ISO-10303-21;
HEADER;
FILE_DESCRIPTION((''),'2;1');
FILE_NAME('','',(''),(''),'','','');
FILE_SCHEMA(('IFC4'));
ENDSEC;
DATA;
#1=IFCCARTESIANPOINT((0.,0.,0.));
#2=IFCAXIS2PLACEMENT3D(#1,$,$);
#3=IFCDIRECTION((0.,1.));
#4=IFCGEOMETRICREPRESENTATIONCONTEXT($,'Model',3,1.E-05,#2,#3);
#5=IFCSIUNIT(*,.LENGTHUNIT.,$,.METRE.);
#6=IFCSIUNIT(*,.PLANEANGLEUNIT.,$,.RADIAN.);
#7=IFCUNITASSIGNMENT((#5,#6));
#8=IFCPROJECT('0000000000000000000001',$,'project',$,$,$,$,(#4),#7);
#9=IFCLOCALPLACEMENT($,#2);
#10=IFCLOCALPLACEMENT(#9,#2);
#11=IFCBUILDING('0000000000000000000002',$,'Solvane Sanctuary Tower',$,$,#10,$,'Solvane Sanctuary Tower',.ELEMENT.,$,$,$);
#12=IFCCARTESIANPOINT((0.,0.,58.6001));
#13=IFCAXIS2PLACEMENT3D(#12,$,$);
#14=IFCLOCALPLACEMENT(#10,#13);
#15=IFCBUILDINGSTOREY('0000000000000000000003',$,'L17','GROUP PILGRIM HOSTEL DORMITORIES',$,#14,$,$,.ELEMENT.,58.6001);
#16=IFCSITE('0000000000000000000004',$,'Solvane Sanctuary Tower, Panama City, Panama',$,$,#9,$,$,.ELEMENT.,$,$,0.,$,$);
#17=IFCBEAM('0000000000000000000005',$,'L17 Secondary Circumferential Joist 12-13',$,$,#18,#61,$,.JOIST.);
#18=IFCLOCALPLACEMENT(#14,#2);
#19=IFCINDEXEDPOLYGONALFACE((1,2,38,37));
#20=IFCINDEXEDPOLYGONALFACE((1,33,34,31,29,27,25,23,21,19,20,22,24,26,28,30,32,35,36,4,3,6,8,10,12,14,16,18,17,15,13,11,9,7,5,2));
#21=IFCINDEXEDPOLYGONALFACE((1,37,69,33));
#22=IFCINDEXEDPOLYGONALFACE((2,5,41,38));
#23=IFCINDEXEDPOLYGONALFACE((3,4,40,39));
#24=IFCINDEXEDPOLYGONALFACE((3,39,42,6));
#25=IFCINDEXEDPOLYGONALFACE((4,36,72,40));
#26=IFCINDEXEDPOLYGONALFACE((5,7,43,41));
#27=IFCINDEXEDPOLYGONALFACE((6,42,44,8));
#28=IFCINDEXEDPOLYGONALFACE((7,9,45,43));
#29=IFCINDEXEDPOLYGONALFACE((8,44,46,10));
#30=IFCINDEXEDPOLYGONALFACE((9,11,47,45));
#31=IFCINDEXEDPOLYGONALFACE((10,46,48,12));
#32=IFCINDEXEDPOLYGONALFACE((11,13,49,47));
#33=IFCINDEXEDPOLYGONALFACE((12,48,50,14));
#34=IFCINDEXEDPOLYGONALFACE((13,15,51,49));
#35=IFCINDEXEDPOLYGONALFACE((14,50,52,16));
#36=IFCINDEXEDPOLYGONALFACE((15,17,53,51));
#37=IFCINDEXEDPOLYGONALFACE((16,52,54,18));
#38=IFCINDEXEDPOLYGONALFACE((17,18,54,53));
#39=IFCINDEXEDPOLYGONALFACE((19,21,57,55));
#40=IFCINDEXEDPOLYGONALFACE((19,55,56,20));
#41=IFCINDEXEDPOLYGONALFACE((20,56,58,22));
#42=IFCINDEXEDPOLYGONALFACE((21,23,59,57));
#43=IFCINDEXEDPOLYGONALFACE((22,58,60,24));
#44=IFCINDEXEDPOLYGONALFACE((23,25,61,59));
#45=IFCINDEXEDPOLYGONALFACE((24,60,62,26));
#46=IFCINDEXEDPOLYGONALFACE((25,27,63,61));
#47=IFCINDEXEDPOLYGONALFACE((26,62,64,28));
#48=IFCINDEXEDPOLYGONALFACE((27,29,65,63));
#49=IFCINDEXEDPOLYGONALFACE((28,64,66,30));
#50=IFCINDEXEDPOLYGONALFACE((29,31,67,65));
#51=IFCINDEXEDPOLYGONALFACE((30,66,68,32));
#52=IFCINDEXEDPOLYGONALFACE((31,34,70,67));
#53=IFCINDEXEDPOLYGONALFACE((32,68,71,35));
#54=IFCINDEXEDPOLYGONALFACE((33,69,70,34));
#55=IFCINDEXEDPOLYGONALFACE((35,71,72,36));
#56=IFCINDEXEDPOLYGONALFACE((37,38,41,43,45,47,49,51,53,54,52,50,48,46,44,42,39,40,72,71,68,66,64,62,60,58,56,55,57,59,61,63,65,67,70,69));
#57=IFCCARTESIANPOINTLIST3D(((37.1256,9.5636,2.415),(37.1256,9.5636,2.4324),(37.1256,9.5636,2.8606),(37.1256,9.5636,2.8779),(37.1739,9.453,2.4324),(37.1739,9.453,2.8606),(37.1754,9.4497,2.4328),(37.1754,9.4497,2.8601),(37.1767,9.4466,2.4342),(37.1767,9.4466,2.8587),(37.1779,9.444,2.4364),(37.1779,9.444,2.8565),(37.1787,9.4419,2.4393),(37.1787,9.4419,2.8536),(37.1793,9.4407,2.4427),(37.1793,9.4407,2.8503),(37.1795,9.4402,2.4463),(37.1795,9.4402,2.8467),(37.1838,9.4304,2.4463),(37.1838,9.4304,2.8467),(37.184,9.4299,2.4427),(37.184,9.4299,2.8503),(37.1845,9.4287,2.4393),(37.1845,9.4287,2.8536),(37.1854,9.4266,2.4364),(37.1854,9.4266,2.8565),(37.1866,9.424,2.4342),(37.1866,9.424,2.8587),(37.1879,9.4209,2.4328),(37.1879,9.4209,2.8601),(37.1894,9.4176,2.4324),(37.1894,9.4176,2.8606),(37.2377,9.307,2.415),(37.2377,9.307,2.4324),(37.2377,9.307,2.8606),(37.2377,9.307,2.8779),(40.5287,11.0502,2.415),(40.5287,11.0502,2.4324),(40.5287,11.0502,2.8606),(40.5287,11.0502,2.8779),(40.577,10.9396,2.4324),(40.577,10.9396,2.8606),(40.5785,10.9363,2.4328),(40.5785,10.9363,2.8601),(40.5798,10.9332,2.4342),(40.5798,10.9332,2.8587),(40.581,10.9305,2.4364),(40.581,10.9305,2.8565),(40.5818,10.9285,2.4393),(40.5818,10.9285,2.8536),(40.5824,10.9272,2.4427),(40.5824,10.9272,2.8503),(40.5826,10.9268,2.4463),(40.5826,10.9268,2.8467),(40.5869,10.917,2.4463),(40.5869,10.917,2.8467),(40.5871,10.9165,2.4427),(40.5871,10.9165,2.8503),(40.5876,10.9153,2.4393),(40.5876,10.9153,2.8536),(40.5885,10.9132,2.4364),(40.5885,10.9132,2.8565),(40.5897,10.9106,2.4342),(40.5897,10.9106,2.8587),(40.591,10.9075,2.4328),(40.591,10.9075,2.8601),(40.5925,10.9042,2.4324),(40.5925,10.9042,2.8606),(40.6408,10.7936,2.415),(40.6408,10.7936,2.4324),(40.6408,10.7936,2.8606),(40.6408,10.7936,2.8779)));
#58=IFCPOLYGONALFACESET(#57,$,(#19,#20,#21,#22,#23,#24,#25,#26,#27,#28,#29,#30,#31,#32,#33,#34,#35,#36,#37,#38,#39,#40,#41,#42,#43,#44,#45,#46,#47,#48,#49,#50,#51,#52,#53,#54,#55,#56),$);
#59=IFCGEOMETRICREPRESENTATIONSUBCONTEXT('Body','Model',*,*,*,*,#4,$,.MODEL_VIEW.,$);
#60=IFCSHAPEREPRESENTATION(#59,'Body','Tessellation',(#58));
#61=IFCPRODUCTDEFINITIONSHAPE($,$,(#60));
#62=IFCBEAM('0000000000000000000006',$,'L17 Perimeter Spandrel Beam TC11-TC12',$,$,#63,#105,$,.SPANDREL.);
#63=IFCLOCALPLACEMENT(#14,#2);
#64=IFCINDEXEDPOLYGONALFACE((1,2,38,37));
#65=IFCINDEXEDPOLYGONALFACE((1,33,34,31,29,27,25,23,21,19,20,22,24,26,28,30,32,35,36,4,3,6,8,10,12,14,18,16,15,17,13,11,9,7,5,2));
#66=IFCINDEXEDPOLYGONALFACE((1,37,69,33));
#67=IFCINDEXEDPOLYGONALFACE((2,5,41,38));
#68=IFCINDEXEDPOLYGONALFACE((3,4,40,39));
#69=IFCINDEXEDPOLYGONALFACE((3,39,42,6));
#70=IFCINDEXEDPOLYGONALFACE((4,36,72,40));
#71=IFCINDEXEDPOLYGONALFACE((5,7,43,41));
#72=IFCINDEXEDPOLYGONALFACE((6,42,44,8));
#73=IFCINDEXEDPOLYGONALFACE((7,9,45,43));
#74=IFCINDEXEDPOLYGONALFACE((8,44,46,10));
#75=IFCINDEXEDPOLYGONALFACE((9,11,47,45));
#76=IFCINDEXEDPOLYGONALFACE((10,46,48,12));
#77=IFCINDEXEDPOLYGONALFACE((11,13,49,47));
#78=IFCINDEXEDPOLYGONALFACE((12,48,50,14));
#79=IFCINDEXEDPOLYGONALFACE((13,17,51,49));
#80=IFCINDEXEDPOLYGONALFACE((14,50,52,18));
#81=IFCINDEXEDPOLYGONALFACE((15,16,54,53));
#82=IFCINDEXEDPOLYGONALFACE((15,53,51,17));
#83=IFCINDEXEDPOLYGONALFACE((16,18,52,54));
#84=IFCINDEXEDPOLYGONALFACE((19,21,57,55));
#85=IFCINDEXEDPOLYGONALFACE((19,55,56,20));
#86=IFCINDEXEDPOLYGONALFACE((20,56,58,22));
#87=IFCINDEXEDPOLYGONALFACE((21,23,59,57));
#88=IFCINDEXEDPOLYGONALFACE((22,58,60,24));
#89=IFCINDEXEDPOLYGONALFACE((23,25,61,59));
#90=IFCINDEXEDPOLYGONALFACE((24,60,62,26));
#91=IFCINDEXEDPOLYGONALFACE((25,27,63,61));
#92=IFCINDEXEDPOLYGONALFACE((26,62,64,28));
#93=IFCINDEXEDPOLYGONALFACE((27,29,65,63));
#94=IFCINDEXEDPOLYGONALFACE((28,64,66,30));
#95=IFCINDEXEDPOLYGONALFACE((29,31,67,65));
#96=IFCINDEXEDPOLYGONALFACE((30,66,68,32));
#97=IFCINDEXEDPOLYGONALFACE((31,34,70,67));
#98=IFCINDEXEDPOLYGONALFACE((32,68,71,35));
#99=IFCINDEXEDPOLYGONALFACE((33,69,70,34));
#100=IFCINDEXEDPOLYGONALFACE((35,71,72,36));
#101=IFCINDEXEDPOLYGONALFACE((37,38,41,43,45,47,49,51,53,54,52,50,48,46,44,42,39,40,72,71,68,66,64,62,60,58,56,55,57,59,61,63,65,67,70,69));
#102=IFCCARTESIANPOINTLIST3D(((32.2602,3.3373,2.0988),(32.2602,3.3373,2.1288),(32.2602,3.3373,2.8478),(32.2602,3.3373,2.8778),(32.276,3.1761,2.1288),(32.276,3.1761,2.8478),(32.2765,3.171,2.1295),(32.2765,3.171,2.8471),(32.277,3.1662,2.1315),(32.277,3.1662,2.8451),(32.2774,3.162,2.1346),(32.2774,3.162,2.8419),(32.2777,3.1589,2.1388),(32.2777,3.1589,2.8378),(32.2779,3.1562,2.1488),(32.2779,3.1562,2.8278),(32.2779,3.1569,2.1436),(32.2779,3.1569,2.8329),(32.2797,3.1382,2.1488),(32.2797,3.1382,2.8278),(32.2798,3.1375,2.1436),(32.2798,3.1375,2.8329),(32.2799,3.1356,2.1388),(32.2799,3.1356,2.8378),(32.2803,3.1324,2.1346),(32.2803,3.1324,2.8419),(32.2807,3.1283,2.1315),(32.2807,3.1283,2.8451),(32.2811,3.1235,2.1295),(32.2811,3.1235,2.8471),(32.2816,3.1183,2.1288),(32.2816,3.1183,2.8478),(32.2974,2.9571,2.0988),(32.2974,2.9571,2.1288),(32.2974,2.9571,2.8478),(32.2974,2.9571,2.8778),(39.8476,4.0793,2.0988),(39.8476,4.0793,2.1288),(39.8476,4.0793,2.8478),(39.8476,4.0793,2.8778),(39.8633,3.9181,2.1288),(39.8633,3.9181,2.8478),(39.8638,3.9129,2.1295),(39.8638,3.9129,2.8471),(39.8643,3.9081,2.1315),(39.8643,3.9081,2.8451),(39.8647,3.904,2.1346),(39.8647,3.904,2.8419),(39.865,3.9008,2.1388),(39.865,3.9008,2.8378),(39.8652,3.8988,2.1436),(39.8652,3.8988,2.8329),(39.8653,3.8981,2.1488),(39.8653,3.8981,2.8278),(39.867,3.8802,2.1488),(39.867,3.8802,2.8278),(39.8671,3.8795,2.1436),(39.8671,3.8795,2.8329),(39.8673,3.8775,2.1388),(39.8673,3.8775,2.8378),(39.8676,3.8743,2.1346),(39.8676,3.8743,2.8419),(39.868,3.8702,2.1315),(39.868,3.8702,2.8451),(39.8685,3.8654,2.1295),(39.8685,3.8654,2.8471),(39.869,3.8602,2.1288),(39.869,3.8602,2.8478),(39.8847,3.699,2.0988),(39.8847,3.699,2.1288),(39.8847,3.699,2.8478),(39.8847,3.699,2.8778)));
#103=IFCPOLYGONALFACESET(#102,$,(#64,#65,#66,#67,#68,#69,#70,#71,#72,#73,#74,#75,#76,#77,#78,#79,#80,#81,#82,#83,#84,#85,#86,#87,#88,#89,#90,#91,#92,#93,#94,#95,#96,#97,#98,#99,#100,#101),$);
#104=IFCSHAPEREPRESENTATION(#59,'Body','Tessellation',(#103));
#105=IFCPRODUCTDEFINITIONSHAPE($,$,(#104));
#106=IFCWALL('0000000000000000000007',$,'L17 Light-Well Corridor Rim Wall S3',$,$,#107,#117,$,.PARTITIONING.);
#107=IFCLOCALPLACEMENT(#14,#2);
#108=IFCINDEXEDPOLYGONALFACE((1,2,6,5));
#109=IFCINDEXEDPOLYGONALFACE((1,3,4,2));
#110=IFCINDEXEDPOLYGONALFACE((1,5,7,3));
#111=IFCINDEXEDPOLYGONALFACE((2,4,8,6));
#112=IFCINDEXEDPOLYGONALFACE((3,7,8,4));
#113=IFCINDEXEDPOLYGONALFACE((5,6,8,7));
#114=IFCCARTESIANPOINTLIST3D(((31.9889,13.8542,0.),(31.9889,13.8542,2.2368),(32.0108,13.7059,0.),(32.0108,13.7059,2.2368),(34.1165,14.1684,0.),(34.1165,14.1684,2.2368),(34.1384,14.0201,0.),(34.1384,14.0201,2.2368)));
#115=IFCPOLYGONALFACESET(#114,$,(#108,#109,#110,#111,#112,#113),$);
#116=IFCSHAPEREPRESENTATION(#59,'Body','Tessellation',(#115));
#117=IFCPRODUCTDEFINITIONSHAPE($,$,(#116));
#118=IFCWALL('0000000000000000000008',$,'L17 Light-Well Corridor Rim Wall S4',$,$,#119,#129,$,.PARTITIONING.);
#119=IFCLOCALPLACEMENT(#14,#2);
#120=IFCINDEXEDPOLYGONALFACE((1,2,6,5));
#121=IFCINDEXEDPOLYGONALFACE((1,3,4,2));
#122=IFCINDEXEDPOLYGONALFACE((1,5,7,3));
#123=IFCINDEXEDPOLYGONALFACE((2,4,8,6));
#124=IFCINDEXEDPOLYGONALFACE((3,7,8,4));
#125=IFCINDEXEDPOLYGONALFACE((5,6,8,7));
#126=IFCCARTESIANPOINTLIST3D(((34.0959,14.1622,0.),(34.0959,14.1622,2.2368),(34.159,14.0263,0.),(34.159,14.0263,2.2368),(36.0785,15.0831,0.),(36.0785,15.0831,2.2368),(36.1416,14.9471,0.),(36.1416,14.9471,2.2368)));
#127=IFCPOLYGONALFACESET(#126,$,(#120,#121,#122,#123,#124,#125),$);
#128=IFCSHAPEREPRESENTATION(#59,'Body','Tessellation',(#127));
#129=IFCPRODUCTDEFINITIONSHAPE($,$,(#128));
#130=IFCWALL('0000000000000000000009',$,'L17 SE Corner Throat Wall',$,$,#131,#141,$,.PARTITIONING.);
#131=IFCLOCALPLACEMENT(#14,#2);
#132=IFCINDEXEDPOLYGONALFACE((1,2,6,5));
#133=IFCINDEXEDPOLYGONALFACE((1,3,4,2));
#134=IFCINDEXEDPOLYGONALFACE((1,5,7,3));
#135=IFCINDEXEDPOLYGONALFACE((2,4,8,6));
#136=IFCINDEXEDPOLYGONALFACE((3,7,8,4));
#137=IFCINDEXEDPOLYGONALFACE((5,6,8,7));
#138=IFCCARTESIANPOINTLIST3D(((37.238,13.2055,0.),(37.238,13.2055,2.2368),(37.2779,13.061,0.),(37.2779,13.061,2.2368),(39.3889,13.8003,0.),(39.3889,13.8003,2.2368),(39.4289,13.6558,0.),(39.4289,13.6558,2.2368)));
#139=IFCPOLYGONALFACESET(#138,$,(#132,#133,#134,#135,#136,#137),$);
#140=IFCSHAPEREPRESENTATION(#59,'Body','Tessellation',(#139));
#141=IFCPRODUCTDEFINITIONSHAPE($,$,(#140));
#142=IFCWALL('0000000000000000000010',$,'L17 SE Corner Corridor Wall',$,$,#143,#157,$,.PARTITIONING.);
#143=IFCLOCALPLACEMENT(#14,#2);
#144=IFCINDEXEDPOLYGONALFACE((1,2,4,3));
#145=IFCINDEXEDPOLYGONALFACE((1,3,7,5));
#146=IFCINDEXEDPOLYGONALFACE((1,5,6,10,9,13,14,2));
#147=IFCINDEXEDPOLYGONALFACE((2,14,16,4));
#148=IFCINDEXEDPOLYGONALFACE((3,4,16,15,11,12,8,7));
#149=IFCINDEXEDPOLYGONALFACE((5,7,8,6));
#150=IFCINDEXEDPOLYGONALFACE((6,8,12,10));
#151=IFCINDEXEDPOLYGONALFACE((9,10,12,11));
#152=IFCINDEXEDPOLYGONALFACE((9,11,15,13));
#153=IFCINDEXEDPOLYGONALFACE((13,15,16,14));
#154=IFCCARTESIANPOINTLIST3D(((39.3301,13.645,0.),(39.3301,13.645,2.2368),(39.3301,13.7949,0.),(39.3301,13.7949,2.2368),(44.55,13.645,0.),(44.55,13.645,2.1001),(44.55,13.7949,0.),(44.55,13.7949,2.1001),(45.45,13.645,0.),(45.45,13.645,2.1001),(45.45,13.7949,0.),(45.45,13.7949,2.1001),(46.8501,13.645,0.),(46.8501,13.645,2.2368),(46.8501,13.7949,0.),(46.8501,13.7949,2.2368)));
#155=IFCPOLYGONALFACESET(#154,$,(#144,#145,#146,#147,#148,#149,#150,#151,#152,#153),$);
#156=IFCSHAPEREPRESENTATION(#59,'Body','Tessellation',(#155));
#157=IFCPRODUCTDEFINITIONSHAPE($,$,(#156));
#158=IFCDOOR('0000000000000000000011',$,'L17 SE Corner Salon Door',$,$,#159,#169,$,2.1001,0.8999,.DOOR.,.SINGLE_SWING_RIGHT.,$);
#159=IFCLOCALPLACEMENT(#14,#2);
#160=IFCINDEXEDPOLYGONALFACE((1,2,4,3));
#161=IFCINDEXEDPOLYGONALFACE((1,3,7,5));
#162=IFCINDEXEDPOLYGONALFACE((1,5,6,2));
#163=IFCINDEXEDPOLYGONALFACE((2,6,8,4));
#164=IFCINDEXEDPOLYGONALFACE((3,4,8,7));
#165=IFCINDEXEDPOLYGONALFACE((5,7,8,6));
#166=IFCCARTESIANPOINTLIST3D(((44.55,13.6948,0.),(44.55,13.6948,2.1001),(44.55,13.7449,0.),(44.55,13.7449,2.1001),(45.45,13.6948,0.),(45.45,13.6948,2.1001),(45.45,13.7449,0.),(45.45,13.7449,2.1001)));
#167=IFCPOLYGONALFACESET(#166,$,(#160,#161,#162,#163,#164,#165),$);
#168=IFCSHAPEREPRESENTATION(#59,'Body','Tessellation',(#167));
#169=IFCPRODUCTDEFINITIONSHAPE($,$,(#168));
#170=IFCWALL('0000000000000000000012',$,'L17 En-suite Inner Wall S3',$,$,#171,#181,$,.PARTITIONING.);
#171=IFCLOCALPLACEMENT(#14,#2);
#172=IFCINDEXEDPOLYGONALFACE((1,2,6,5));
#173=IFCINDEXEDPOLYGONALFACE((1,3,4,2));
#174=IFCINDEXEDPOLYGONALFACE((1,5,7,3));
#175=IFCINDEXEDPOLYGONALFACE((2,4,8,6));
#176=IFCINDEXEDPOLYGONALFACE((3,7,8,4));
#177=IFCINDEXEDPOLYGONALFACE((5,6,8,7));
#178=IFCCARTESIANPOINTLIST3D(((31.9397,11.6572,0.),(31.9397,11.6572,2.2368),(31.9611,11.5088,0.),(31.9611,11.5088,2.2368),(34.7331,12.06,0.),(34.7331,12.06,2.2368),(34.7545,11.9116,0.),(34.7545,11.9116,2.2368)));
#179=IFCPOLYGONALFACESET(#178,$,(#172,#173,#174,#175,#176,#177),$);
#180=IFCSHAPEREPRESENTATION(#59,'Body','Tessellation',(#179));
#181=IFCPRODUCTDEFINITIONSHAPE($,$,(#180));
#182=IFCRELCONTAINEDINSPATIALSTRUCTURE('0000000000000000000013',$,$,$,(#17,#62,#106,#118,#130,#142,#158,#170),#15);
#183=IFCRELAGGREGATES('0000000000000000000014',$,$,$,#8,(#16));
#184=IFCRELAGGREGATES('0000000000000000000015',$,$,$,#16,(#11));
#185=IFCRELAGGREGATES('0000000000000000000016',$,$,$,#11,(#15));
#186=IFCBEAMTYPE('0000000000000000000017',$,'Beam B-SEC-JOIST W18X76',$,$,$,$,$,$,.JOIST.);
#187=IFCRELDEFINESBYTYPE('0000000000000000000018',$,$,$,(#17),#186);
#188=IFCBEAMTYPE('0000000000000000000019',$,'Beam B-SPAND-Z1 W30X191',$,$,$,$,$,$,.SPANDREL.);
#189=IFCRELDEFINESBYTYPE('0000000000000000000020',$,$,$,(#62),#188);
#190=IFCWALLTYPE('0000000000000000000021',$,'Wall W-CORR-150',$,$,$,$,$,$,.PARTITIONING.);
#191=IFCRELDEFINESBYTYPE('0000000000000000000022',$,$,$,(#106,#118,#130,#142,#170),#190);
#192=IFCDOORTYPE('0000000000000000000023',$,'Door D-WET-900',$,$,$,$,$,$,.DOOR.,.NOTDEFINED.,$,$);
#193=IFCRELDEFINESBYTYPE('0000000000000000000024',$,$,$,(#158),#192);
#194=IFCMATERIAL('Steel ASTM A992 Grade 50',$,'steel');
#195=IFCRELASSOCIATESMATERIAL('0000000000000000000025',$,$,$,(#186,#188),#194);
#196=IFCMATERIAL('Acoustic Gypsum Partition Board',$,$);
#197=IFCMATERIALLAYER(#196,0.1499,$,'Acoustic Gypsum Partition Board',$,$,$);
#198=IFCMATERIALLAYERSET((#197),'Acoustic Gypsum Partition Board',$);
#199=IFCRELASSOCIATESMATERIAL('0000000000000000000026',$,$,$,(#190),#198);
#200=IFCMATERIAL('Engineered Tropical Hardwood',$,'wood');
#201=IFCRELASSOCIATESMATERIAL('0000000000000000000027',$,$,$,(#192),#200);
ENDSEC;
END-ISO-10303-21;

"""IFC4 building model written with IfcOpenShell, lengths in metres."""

from ifc_helpers import new_model, si_unit, direction, frame, frame_2d, origin, origin_2d, place, context, subcontext, project, spatial, rectangle, i_section, extrude, material, layer, layer_set, material_profile, profile_set, type_object, element, fill, save


model = new_model("IFC4")

# Units and contexts
model_context = context("Model", 3, precision=1e-05, world=origin(), true_north=direction((0.0, 1.0)))
body_context = subcontext(model_context, "Body", "Model", "MODEL_VIEW")
ifc_project = project(units=[si_unit("LENGTHUNIT", "METRE"), si_unit("PLANEANGLEUNIT", "RADIAN")], contexts=[model_context])

# Site, building, storey
site_placement = place(None, origin())
site = spatial("IfcSite", under=ifc_project, at=site_placement, Name="Solvane Sanctuary Tower, Panama City, Panama", CompositionType="ELEMENT", RefElevation=0.0)
building_placement = place(site_placement, origin())
building = spatial("IfcBuilding", under=site, at=building_placement, Name="Solvane Sanctuary Tower", LongName="Solvane Sanctuary Tower", CompositionType="ELEMENT")
storey_placement = place(building_placement, frame((0.0, 0.0, 58.6001)))
storey = spatial("IfcBuildingStorey", under=building, at=storey_placement, Name="L17", Description="GROUP PILGRIM HOSTEL DORMITORIES", CompositionType="ELEMENT", Elevation=58.6001)

# Beams
ifc_material_1 = material(Name="Steel ASTM A992 Grade 50", Category="steel")
ifc_material_profile_1 = material_profile(ifc_material_1, i_section(OverallWidth=0.28, OverallDepth=0.4629, WebThickness=0.0107, FlangeThickness=0.0173, FilletRadius=0.0139, at=origin_2d()), Name="W18X76")
ifc_profile_set_1 = profile_set([ifc_material_profile_1], Name="Steel ASTM A992 Grade 50")
beam_type_1 = type_object("IfcBeamType", Name="Beam B-SEC-JOIST W18X76", PredefinedType="JOIST", material=ifc_profile_set_1)
beam_1_placement = place(storey_placement, frame((37.1816, 9.4353, 2.6465), z_axis=(0.916382, 0.400305, 0.0), x_axis=(-0.400305, 0.916382, 0.0)))
element("IfcBeam", 1, at=beam_1_placement, inside=storey, type_object=beam_type_1, Name="L17 Secondary Circumferential Joist 12-13", PredefinedType="JOIST", context=body_context, shape_type="SweptSolid", body=[
    extrude(i_section(OverallWidth=0.28, OverallDepth=0.4629, WebThickness=0.0107, FlangeThickness=0.0173, FilletRadius=0.0139, at=origin_2d()), origin(), (0.0, 0.0, 1.0), 3.7136),
])
ifc_material_profile_2 = material_profile(ifc_material_1, i_section(OverallWidth=0.3821, OverallDepth=0.7791, WebThickness=0.0181, FlangeThickness=0.03, FilletRadius=0.02, at=origin_2d()), Name="W30X191")
ifc_profile_set_2 = profile_set([ifc_material_profile_2], Name="Steel ASTM A992 Grade 50")
beam_type_2 = type_object("IfcBeamType", Name="Beam B-SPAND-Z1 W30X191", PredefinedType="SPANDREL", material=ifc_profile_set_2)
beam_2_placement = place(storey_placement, frame((32.2788, 3.1472, 2.4883), z_axis=(0.995253, 0.097322, 0.0), x_axis=(-0.097322, 0.995253, 0.0)))
element("IfcBeam", 2, at=beam_2_placement, inside=storey, type_object=beam_type_2, Name="L17 Perimeter Spandrel Beam TC11-TC12", PredefinedType="SPANDREL", context=body_context, shape_type="SweptSolid", body=[
    extrude(i_section(OverallWidth=0.3821, OverallDepth=0.7791, WebThickness=0.0181, FlangeThickness=0.03, FilletRadius=0.02, at=origin_2d()), origin(), (0.0, 0.0, 1.0), 7.6235),
])

# Walls
ifc_material_2 = material(Name="Acoustic Gypsum Partition Board")
ifc_layer_1 = layer(ifc_material_2, 0.1499, Name="Acoustic Gypsum Partition Board")
ifc_layer_set_1 = layer_set([ifc_layer_1], Name="Acoustic Gypsum Partition Board")
wall_type_1 = type_object("IfcWallType", Name="Wall W-CORR-150", PredefinedType="PARTITIONING", material=ifc_layer_set_1)
wall_1_placement = place(storey_placement, frame((32.0, 13.78, 0.0), z_axis=(0.0, 0.0, 1.0), x_axis=(0.989269, 0.146108, 0.0)))
element("IfcWall", 3, at=wall_1_placement, inside=storey, type_object=wall_type_1, Name="L17 Light-Well Corridor Rim Wall S3", PredefinedType="PARTITIONING", context=body_context, shape_type="SweptSolid", body=[
    extrude(rectangle(XDim=2.1506, YDim=0.1499, at=frame_2d((1.0752, 0.0))), origin(), (0.0, 0.0, 1.0), 2.2368),
])
wall_2_placement = place(storey_placement, frame((34.1274, 14.0942, 0.0), z_axis=(0.0, 0.0, 1.0), x_axis=(0.906943, 0.421252, 0.0)))
element("IfcWall", 4, at=wall_2_placement, inside=storey, type_object=wall_type_1, Name="L17 Light-Well Corridor Rim Wall S4", PredefinedType="PARTITIONING", context=body_context, shape_type="SweptSolid", body=[
    extrude(rectangle(XDim=2.186, YDim=0.1499, at=frame_2d((1.093, 0.0))), origin(), (0.0, 0.0, 1.0), 2.2368),
])
wall_3_placement = place(storey_placement, frame((37.2581, 13.1333, 0.0), z_axis=(0.0, 0.0, 1.0), x_axis=(0.963834, 0.266504, 0.0)))
element("IfcWall", 5, at=wall_3_placement, inside=storey, type_object=wall_type_1, Name="L17 SE Corner Throat Wall", PredefinedType="PARTITIONING", context=body_context, shape_type="SweptSolid", body=[
    extrude(rectangle(XDim=2.2317, YDim=0.1499, at=frame_2d((1.1157, 0.0))), origin(), (0.0, 0.0, 1.0), 2.2368),
])

# Wall, opening, door
wall_4_placement = place(storey_placement, frame((39.3301, 13.72, 0.0), z_axis=(0.0, 0.0, 1.0), x_axis=(1.0, 0.0, 0.0)))
wall_4 = element("IfcWall", 6, at=wall_4_placement, inside=storey, type_object=wall_type_1, Name="L17 SE Corner Corridor Wall", PredefinedType="PARTITIONING", context=body_context, shape_type="SweptSolid", body=[
    extrude(rectangle(XDim=7.52, YDim=0.1499, at=frame_2d((3.76, 0.0))), origin(), (0.0, 0.0, 1.0), 2.2368),
])
opening_1_placement = place(wall_4_placement, frame((5.22, 0.0, 0.0)))
opening_1 = element("IfcOpeningElement", 7, at=opening_1_placement, cuts=wall_4, PredefinedType="OPENING", context=body_context, shape_type="SweptSolid", body=[
    extrude(rectangle(XDim=0.8999, YDim=2.1001, at=frame_2d((0.45, 1.05))), frame((0.0, 0.085, 0.0), z_axis=(0.0, -1.0, 0.0), x_axis=(1.0, 0.0, 0.0)), (0.0, 0.0, 1.0), 0.1699),
])
ifc_material_3 = material(Name="Engineered Tropical Hardwood", Category="wood")
door_type_1 = type_object("IfcDoorType", Name="Door D-WET-900", OperationType="NOTDEFINED", PredefinedType="DOOR", material=ifc_material_3)
door_1_placement = place(opening_1_placement, origin())
door_1 = element("IfcDoor", 8, at=door_1_placement, inside=storey, type_object=door_type_1, Name="L17 SE Corner Salon Door", OperationType="SINGLE_SWING_RIGHT", OverallHeight=2.1001, OverallWidth=0.8999, PredefinedType="DOOR", context=body_context, shape_type="SweptSolid", body=[
    extrude(rectangle(XDim=0.8999, YDim=2.1001, at=frame_2d((0.45, 1.05))), frame((0.0, 0.0249, 0.0), z_axis=(0.0, -1.0, 0.0), x_axis=(1.0, 0.0, 0.0)), (0.0, 0.0, 1.0), 0.05),
])
fill(opening_1, door_1)

# Wall
wall_5_placement = place(storey_placement, frame((31.9504, 11.583, 0.0), z_axis=(0.0, 0.0, 1.0), x_axis=(0.989762, 0.142729, 0.0)))
element("IfcWall", 9, at=wall_5_placement, inside=storey, type_object=wall_type_1, Name="L17 En-suite Inner Wall S3", PredefinedType="PARTITIONING", context=body_context, shape_type="SweptSolid", body=[
    extrude(rectangle(XDim=2.8223, YDim=0.1499, at=frame_2d((1.4111, 0.0))), origin(), (0.0, 0.0, 1.0), 2.2368),
])

save(model, "model.ifc")
